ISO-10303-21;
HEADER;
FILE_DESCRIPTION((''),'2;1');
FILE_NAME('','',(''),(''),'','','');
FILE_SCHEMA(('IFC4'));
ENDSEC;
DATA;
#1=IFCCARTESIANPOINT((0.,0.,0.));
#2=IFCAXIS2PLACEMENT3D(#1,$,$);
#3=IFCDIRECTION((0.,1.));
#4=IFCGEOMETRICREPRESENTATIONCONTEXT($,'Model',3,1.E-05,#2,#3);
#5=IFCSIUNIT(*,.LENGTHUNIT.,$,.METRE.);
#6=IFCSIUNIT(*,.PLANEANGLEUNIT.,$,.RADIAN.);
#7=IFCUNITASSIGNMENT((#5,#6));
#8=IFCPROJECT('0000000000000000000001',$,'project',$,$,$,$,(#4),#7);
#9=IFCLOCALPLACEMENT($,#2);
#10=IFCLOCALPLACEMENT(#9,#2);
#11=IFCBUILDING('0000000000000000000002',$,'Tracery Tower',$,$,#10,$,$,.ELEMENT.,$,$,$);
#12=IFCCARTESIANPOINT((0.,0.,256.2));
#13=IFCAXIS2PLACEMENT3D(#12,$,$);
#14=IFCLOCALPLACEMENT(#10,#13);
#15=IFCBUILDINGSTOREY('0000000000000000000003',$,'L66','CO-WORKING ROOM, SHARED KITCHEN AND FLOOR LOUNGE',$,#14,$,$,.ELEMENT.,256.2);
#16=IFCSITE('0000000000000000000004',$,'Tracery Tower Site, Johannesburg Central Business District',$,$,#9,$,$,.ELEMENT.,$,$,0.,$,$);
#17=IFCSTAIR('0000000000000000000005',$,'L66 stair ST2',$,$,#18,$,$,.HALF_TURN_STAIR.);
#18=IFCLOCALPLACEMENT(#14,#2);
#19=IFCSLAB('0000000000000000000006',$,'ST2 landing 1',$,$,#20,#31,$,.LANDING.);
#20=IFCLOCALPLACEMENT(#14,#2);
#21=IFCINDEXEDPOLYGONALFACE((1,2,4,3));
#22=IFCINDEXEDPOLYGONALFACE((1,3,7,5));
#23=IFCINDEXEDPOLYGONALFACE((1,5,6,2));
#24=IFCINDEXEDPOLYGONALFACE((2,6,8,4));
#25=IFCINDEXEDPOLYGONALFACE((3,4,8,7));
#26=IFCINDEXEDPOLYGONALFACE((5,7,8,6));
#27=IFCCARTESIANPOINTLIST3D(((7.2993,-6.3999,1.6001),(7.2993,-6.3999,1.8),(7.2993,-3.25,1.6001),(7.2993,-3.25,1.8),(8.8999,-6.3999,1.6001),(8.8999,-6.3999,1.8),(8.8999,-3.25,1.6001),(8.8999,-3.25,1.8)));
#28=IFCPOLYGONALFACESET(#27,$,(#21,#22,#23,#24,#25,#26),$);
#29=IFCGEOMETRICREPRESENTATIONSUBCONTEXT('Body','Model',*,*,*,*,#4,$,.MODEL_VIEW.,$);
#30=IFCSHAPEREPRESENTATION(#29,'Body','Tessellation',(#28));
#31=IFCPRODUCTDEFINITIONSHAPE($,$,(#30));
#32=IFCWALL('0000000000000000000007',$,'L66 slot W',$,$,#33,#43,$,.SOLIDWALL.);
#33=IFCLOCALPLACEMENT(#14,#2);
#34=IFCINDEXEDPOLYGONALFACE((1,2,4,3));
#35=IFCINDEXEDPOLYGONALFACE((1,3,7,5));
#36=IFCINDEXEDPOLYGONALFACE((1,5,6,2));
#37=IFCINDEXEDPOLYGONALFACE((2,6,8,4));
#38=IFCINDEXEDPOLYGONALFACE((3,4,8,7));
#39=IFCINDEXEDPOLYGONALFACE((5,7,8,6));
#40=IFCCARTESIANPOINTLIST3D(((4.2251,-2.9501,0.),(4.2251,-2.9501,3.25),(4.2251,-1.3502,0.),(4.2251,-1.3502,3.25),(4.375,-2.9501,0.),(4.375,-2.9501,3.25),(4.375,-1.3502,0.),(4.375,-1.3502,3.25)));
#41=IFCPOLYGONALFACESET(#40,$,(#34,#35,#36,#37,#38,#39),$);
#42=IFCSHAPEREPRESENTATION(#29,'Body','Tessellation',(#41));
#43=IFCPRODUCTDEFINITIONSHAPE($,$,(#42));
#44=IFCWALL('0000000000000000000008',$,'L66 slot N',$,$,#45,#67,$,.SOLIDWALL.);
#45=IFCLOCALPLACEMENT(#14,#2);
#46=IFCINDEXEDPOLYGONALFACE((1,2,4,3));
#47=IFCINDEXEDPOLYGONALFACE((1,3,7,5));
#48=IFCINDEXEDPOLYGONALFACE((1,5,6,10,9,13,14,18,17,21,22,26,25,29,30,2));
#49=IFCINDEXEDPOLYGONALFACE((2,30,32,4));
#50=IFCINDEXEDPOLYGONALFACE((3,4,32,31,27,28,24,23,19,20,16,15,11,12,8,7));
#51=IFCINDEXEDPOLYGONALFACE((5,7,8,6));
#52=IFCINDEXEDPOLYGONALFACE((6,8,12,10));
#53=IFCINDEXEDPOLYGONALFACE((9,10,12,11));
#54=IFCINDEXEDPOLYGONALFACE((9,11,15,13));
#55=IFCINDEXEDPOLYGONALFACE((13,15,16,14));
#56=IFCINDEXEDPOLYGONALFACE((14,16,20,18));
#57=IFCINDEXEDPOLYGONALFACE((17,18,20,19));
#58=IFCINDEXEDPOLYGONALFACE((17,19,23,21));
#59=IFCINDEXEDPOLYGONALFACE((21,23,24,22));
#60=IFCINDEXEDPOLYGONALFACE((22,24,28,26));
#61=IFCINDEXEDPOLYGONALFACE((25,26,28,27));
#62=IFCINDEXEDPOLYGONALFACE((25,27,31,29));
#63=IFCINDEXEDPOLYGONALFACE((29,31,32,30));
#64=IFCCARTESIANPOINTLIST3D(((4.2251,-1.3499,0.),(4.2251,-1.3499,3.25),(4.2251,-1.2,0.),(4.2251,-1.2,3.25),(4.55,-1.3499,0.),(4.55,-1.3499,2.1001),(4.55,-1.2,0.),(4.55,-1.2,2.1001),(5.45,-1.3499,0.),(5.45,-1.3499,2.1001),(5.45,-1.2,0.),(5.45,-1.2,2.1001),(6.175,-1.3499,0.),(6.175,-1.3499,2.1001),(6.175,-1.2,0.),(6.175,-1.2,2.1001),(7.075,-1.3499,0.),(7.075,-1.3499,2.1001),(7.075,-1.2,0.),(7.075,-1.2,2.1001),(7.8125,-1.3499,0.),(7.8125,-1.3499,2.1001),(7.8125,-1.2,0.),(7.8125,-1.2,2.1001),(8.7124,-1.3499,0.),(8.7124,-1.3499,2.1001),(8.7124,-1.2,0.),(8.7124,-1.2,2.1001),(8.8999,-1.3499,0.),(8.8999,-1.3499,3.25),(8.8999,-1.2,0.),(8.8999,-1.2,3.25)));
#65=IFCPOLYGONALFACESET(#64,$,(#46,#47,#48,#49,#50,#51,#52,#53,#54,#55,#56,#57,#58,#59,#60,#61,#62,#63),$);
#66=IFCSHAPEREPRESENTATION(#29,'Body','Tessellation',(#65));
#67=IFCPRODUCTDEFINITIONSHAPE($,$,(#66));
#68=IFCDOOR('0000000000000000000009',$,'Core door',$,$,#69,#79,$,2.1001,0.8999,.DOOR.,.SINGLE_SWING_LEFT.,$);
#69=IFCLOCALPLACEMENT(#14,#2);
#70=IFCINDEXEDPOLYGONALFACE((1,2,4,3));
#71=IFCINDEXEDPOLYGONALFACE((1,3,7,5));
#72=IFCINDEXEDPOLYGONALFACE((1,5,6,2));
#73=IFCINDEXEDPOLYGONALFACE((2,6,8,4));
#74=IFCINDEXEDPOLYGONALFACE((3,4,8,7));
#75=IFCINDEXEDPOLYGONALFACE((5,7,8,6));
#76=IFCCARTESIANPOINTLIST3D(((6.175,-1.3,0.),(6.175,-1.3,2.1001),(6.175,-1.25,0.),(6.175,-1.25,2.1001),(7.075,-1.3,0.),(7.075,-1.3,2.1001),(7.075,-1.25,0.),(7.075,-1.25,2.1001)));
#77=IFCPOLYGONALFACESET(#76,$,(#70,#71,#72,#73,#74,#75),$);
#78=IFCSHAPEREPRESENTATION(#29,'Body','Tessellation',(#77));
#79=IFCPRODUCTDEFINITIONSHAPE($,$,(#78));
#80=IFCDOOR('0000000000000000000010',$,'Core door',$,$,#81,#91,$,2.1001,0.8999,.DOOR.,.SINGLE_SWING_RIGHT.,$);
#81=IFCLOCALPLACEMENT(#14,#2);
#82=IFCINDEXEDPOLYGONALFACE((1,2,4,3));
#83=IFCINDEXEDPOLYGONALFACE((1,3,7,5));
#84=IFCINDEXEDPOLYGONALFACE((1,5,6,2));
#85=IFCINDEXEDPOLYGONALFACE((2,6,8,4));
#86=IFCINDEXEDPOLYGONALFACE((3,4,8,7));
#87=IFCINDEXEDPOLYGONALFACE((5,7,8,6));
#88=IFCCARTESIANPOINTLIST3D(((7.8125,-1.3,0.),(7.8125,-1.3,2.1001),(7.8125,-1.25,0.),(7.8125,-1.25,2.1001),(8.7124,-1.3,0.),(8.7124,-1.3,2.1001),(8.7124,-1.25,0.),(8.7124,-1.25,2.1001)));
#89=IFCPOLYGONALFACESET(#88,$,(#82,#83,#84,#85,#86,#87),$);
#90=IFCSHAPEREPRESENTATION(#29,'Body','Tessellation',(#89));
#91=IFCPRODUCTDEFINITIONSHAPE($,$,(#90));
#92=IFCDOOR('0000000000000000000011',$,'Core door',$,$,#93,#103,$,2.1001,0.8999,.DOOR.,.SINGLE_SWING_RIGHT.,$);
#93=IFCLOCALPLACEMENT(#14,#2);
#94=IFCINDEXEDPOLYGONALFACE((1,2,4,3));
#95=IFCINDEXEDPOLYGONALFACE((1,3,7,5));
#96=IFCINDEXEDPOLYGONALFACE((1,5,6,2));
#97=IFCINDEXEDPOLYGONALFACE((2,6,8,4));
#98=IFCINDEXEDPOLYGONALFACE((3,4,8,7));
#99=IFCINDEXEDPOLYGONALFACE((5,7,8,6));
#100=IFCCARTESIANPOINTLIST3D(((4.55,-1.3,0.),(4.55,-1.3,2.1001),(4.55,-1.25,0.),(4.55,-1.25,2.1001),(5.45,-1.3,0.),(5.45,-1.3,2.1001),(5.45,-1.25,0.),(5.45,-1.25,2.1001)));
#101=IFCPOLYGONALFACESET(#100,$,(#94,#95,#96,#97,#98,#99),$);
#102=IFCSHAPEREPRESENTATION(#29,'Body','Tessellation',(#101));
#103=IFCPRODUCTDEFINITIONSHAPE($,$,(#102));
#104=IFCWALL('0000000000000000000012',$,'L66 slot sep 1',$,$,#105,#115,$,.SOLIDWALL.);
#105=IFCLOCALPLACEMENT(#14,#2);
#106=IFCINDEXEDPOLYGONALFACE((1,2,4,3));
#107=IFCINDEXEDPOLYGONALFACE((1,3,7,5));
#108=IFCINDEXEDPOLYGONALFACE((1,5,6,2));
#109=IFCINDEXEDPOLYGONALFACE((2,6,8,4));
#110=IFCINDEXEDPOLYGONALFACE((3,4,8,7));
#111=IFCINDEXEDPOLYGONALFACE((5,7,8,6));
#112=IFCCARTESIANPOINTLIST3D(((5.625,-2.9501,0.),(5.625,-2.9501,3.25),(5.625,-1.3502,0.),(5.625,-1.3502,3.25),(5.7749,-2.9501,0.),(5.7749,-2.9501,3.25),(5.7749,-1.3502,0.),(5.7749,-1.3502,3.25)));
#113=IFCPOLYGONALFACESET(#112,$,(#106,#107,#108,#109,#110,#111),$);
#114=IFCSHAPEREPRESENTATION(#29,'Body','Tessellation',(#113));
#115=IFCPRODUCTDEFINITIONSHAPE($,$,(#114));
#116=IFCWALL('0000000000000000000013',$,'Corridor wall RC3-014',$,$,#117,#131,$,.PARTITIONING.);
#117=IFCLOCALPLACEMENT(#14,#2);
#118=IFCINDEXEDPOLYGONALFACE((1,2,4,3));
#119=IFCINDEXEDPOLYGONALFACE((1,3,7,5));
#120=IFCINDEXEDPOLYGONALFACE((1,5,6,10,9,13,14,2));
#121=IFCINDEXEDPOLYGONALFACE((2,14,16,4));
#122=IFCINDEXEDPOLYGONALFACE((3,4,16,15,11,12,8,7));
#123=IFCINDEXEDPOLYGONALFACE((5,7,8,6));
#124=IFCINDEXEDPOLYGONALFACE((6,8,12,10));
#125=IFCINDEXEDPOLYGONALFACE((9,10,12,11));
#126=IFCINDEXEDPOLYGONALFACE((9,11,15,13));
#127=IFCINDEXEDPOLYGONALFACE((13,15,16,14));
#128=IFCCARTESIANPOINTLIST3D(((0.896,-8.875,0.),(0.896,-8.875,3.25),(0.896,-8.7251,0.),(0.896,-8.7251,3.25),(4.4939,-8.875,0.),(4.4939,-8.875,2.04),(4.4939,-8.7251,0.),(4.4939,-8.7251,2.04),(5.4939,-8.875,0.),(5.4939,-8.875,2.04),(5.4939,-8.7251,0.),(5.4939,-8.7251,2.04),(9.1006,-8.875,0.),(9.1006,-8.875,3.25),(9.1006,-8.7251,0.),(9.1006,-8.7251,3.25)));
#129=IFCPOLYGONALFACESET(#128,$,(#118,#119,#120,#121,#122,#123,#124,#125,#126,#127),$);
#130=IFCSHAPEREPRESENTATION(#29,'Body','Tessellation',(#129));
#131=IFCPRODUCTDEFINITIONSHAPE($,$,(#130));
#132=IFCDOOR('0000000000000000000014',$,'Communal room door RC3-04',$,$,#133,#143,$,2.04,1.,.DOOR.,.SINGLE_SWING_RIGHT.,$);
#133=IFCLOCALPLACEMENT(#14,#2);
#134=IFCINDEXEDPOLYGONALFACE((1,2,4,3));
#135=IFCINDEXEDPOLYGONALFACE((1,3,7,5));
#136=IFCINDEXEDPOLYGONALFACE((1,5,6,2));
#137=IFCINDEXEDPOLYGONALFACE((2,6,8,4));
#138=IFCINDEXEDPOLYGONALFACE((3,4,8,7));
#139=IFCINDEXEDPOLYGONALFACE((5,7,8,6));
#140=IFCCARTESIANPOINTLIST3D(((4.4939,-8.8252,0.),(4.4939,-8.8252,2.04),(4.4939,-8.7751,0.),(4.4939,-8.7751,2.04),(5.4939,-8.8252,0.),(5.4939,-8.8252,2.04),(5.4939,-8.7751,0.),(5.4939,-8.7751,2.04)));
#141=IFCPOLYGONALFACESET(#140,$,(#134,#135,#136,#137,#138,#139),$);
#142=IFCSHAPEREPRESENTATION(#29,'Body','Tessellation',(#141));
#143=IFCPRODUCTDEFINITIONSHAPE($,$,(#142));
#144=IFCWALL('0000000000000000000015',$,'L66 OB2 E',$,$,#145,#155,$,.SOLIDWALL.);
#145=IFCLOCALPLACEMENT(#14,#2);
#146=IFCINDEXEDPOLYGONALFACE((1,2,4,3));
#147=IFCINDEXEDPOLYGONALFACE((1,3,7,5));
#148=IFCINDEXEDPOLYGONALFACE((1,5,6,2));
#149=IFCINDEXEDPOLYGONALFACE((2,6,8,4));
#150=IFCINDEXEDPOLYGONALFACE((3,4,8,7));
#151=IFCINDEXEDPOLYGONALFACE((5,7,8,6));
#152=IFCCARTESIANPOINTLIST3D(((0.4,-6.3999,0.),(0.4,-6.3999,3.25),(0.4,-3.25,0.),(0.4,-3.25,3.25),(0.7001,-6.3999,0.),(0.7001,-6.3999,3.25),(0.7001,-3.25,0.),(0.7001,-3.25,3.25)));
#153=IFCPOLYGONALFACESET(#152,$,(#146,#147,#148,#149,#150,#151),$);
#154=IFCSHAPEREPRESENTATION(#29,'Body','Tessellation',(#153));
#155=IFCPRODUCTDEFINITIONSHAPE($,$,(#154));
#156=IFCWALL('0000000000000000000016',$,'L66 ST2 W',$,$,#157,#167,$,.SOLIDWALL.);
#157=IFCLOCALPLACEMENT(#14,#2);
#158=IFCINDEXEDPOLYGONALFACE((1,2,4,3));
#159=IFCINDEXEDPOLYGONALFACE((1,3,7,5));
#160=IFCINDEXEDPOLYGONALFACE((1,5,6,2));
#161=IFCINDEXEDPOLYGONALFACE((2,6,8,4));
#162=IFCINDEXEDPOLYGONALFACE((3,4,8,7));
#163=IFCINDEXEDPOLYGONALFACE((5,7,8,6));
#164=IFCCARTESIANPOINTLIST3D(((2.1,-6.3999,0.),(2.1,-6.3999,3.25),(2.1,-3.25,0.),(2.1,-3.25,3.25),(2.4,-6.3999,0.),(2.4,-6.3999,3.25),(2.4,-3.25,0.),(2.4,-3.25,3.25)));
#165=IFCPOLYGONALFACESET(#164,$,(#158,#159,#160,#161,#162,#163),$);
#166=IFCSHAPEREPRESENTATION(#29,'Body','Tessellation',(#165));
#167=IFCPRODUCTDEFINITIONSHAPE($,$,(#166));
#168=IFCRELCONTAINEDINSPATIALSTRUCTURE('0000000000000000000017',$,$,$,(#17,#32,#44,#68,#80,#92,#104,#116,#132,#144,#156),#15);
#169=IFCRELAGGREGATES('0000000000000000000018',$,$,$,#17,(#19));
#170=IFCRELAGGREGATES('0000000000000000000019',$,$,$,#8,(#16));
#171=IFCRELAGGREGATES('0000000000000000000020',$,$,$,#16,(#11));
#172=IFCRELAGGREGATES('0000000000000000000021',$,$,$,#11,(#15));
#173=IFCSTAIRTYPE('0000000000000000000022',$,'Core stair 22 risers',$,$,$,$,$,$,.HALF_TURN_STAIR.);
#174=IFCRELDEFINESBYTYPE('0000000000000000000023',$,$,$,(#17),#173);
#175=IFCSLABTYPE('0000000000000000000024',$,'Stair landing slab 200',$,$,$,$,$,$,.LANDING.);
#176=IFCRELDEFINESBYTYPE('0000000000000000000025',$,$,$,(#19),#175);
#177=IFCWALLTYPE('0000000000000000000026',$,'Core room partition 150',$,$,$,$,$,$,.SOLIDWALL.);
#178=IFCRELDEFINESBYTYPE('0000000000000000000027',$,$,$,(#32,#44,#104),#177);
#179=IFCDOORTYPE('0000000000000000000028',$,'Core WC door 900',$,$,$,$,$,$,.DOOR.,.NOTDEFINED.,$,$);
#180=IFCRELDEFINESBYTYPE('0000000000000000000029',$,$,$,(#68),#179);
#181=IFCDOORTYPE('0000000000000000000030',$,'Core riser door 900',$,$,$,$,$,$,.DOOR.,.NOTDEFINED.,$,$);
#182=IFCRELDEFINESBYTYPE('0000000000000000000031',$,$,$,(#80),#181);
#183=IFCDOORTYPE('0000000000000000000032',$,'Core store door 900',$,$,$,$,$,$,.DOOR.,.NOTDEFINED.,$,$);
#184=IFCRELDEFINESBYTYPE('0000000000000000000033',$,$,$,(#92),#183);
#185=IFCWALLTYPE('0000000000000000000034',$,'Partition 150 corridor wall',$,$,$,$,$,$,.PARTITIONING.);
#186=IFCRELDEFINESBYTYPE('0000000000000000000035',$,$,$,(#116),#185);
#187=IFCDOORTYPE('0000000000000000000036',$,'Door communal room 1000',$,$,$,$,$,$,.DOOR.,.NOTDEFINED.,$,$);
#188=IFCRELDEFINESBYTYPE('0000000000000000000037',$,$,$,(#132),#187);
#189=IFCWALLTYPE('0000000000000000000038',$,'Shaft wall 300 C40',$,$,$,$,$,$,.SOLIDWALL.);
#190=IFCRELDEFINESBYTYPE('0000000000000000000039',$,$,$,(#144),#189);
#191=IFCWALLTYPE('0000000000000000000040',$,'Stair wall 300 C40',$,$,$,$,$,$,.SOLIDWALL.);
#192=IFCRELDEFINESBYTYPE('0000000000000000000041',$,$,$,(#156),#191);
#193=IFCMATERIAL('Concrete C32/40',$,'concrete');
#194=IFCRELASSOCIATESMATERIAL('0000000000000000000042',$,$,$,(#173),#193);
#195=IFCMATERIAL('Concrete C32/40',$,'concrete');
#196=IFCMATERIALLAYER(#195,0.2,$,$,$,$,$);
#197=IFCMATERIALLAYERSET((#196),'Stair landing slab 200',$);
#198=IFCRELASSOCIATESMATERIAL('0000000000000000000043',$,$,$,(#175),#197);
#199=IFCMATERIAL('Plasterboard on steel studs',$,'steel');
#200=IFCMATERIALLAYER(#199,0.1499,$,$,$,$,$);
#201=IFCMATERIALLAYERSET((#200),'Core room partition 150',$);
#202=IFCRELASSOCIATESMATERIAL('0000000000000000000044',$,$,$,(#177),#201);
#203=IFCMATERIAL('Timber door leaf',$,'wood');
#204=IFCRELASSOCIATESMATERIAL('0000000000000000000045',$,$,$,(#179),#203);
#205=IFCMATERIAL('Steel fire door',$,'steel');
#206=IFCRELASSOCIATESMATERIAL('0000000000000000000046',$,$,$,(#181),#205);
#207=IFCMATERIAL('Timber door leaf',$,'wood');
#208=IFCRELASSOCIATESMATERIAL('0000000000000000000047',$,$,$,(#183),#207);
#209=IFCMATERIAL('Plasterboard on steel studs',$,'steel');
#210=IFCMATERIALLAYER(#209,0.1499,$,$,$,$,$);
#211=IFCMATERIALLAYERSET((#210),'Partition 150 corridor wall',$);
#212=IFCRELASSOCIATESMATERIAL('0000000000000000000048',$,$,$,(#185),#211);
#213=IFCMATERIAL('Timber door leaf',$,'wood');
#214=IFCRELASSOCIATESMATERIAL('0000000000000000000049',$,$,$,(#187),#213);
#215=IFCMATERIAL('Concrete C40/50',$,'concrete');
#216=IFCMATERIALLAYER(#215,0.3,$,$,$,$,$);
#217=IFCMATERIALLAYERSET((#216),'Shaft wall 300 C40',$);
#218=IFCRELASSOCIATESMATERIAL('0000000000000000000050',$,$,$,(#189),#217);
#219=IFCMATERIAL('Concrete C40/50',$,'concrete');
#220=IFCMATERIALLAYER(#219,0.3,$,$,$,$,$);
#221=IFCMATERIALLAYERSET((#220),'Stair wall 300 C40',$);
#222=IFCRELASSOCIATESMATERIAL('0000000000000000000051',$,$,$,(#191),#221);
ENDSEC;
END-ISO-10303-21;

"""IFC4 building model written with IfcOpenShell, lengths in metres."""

from ifc_helpers import new_model, si_unit, direction, frame, frame_2d, origin, place, context, subcontext, project, spatial, polyline, rectangle, outline, extrude, material, layer, layer_set, type_object, element, fill, aggregate, save


model = new_model("IFC4")

# Units and contexts
model_context = context("Model", 3, precision=1e-05, world=origin(), true_north=direction((0.0, 1.0)))
body_context = subcontext(model_context, "Body", "Model", "MODEL_VIEW")
ifc_project = project(units=[si_unit("LENGTHUNIT", "METRE"), si_unit("PLANEANGLEUNIT", "RADIAN")], contexts=[model_context])

# Site, building, storey
site_placement = place(None, origin())
site = spatial("IfcSite", under=ifc_project, at=site_placement, Name="Tracery Tower Site, Johannesburg Central Business District", CompositionType="ELEMENT", RefElevation=0.0)
building_placement = place(site_placement, origin())
building = spatial("IfcBuilding", under=site, at=building_placement, Name="Tracery Tower", CompositionType="ELEMENT")
storey_placement = place(building_placement, frame((0.0, 0.0, 256.2)))
storey = spatial("IfcBuildingStorey", under=building, at=storey_placement, Name="L66", Description="CO-WORKING ROOM, SHARED KITCHEN AND FLOOR LOUNGE", CompositionType="ELEMENT", Elevation=256.2)

# Stair, slab
ifc_material_1 = material(Name="Concrete C32/40", Category="concrete")
stair_type = type_object("IfcStairType", Name="Core stair 22 risers", PredefinedType="HALF_TURN_STAIR", material=ifc_material_1)
stair_placement = place(storey_placement, origin())
stair = element("IfcStair", 1, at=stair_placement, inside=storey, type_object=stair_type, Name="L66 stair ST2", PredefinedType="HALF_TURN_STAIR")
ifc_material_2 = material(Name="Concrete C32/40", Category="concrete")
ifc_layer_1 = layer(ifc_material_2, 0.2)
ifc_layer_set_1 = layer_set([ifc_layer_1], Name="Stair landing slab 200")
slab_type = type_object("IfcSlabType", Name="Stair landing slab 200", PredefinedType="LANDING", material=ifc_layer_set_1)
slab_placement = place(storey_placement, frame((0.0, 0.0, 1.6001)))
slab = element("IfcSlab", 2, at=slab_placement, type_object=slab_type, Name="ST2 landing 1", PredefinedType="LANDING", context=body_context, shape_type="SweptSolid", body=[
    extrude(outline(polyline([(7.2993, -6.3999), (8.8999, -6.3999), (8.8999, -3.25), (7.2993, -3.25), (7.2993, -6.3999)])), origin(), (0.0, 0.0, 1.0), 0.2),
])

# Wall
ifc_material_3 = material(Name="Plasterboard on steel studs", Category="steel")
ifc_layer_2 = layer(ifc_material_3, 0.1499)
ifc_layer_set_2 = layer_set([ifc_layer_2], Name="Core room partition 150")
wall_type_1 = type_object("IfcWallType", Name="Core room partition 150", PredefinedType="SOLIDWALL", material=ifc_layer_set_2)
wall_1_placement = place(storey_placement, frame((4.3, -2.95, 0.0), z_axis=(0.0, 0.0, 1.0), x_axis=(0.0, 1.0, 0.0)))
element("IfcWall", 3, at=wall_1_placement, inside=storey, type_object=wall_type_1, Name="L66 slot W", PredefinedType="SOLIDWALL", context=body_context, shape_type="SweptSolid", body=[
    extrude(rectangle(XDim=1.5999, YDim=0.1499, at=frame_2d((0.7998, 0.0))), origin(), (0.0, 0.0, 1.0), 3.25),
])

# Wall, openings, doors
wall_2_placement = place(storey_placement, frame((4.2251, -1.2749, 0.0), z_axis=(0.0, 0.0, 1.0), x_axis=(1.0, 0.0, 0.0)))
wall_2 = element("IfcWall", 4, at=wall_2_placement, inside=storey, type_object=wall_type_1, Name="L66 slot N", PredefinedType="SOLIDWALL", context=body_context, shape_type="SweptSolid", body=[
    extrude(rectangle(XDim=4.6748, YDim=0.1499, at=frame_2d((2.3374, 0.0))), origin(), (0.0, 0.0, 1.0), 3.25),
])
opening_1_placement = place(wall_2_placement, frame((0.325, 0.0, 0.0)))
opening_1 = element("IfcOpeningElement", 5, at=opening_1_placement, cuts=wall_2, PredefinedType="OPENING", context=body_context, shape_type="SweptSolid", body=[
    extrude(rectangle(XDim=0.8999, YDim=2.1001, at=frame_2d((0.45, 1.05))), frame((0.0, 0.075, 0.0), z_axis=(0.0, -1.0, 0.0), x_axis=(1.0, 0.0, 0.0)), (0.0, 0.0, 1.0), 0.1499),
])
opening_2_placement = place(wall_2_placement, frame((1.95, 0.0, 0.0)))
opening_2 = element("IfcOpeningElement", 6, at=opening_2_placement, cuts=wall_2, PredefinedType="OPENING", context=body_context, shape_type="SweptSolid", body=[
    extrude(rectangle(XDim=0.8999, YDim=2.1001, at=frame_2d((0.45, 1.05))), frame((0.0, 0.075, 0.0), z_axis=(0.0, -1.0, 0.0), x_axis=(1.0, 0.0, 0.0)), (0.0, 0.0, 1.0), 0.1499),
])
opening_3_placement = place(wall_2_placement, frame((3.5874, 0.0, 0.0)))
opening_3 = element("IfcOpeningElement", 7, at=opening_3_placement, cuts=wall_2, PredefinedType="OPENING", context=body_context, shape_type="SweptSolid", body=[
    extrude(rectangle(XDim=0.8999, YDim=2.1001, at=frame_2d((0.45, 1.05))), frame((0.0, 0.075, 0.0), z_axis=(0.0, -1.0, 0.0), x_axis=(1.0, 0.0, 0.0)), (0.0, 0.0, 1.0), 0.1499),
])
ifc_material_4 = material(Name="Timber door leaf", Category="wood")
door_type_1 = type_object("IfcDoorType", Name="Core WC door 900", OperationType="NOTDEFINED", PredefinedType="DOOR", material=ifc_material_4)
door_1_placement = place(opening_2_placement, origin())
door_1 = element("IfcDoor", 8, at=door_1_placement, inside=storey, type_object=door_type_1, Name="Core door", OperationType="SINGLE_SWING_LEFT", OverallHeight=2.1001, OverallWidth=0.8999, PredefinedType="DOOR", context=body_context, shape_type="SweptSolid", body=[
    extrude(rectangle(XDim=0.8999, YDim=2.1001, at=frame_2d((0.45, 1.05))), frame((0.0, 0.0249, 0.0), z_axis=(0.0, -1.0, 0.0), x_axis=(1.0, 0.0, 0.0)), (0.0, 0.0, 1.0), 0.05),
])
fill(opening_2, door_1)
ifc_material_5 = material(Name="Steel fire door", Category="steel")
door_type_2 = type_object("IfcDoorType", Name="Core riser door 900", OperationType="NOTDEFINED", PredefinedType="DOOR", material=ifc_material_5)
door_2_placement = place(opening_3_placement, origin())
door_2 = element("IfcDoor", 9, at=door_2_placement, inside=storey, type_object=door_type_2, Name="Core door", OperationType="SINGLE_SWING_RIGHT", OverallHeight=2.1001, OverallWidth=0.8999, PredefinedType="DOOR", context=body_context, shape_type="SweptSolid", body=[
    extrude(rectangle(XDim=0.8999, YDim=2.1001, at=frame_2d((0.45, 1.05))), frame((0.0, 0.0249, 0.0), z_axis=(0.0, -1.0, 0.0), x_axis=(1.0, 0.0, 0.0)), (0.0, 0.0, 1.0), 0.05),
])
fill(opening_3, door_2)
ifc_material_6 = material(Name="Timber door leaf", Category="wood")
door_type_3 = type_object("IfcDoorType", Name="Core store door 900", OperationType="NOTDEFINED", PredefinedType="DOOR", material=ifc_material_6)
door_3_placement = place(opening_1_placement, origin())
door_3 = element("IfcDoor", 10, at=door_3_placement, inside=storey, type_object=door_type_3, Name="Core door", OperationType="SINGLE_SWING_RIGHT", OverallHeight=2.1001, OverallWidth=0.8999, PredefinedType="DOOR", context=body_context, shape_type="SweptSolid", body=[
    extrude(rectangle(XDim=0.8999, YDim=2.1001, at=frame_2d((0.45, 1.05))), frame((0.0, 0.0249, 0.0), z_axis=(0.0, -1.0, 0.0), x_axis=(1.0, 0.0, 0.0)), (0.0, 0.0, 1.0), 0.05),
])
fill(opening_1, door_3)

# Wall
wall_3_placement = place(storey_placement, frame((5.7, -2.95, 0.0), z_axis=(0.0, 0.0, 1.0), x_axis=(0.0, 1.0, 0.0)))
element("IfcWall", 11, at=wall_3_placement, inside=storey, type_object=wall_type_1, Name="L66 slot sep 1", PredefinedType="SOLIDWALL", context=body_context, shape_type="SweptSolid", body=[
    extrude(rectangle(XDim=1.5999, YDim=0.1499, at=frame_2d((0.7998, 0.0))), origin(), (0.0, 0.0, 1.0), 3.25),
])

# Wall, opening, door
ifc_material_7 = material(Name="Plasterboard on steel studs", Category="steel")
ifc_layer_3 = layer(ifc_material_7, 0.1499)
ifc_layer_set_3 = layer_set([ifc_layer_3], Name="Partition 150 corridor wall")
wall_type_2 = type_object("IfcWallType", Name="Partition 150 corridor wall", PredefinedType="PARTITIONING", material=ifc_layer_set_3)
wall_4_placement = place(storey_placement, frame((0.896, -8.8, 0.0), z_axis=(0.0, 0.0, 1.0), x_axis=(1.0, 0.0, 0.0)))
wall_4 = element("IfcWall", 12, at=wall_4_placement, inside=storey, type_object=wall_type_2, Name="Corridor wall RC3-014", PredefinedType="PARTITIONING", context=body_context, shape_type="SweptSolid", body=[
    extrude(rectangle(XDim=8.2046, YDim=0.1499, at=frame_2d((4.1023, 0.0))), origin(), (0.0, 0.0, 1.0), 3.25),
])
opening_4_placement = place(wall_4_placement, frame((3.5979, 0.0, 0.0)))
opening_4 = element("IfcOpeningElement", 13, at=opening_4_placement, cuts=wall_4, PredefinedType="OPENING", context=body_context, shape_type="SweptSolid", body=[
    extrude(rectangle(XDim=1.0, YDim=2.04, at=frame_2d((0.5, 1.02))), frame((0.0, 0.075, 0.0), z_axis=(0.0, -1.0, 0.0), x_axis=(1.0, 0.0, 0.0)), (0.0, 0.0, 1.0), 0.1499),
])
ifc_material_8 = material(Name="Timber door leaf", Category="wood")
door_type_4 = type_object("IfcDoorType", Name="Door communal room 1000", OperationType="NOTDEFINED", PredefinedType="DOOR", material=ifc_material_8)
door_4_placement = place(opening_4_placement, origin())
door_4 = element("IfcDoor", 14, at=door_4_placement, inside=storey, type_object=door_type_4, Name="Communal room door RC3-04", OperationType="SINGLE_SWING_RIGHT", OverallHeight=2.04, OverallWidth=1.0, PredefinedType="DOOR", context=body_context, shape_type="SweptSolid", body=[
    extrude(rectangle(XDim=1.0, YDim=2.04, at=frame_2d((0.5, 1.02))), frame((0.0, 0.0249, 0.0), z_axis=(0.0, -1.0, 0.0), x_axis=(1.0, 0.0, 0.0)), (0.0, 0.0, 1.0), 0.05),
])
fill(opening_4, door_4)

# Wall
ifc_material_9 = material(Name="Concrete C40/50", Category="concrete")
ifc_layer_4 = layer(ifc_material_9, 0.3)
ifc_layer_set_4 = layer_set([ifc_layer_4], Name="Shaft wall 300 C40")
wall_type_3 = type_object("IfcWallType", Name="Shaft wall 300 C40", PredefinedType="SOLIDWALL", material=ifc_layer_set_4)
wall_5_placement = place(storey_placement, frame((0.55, -6.3999, 0.0), z_axis=(0.0, 0.0, 1.0), x_axis=(0.0, 1.0, 0.0)))
element("IfcWall", 15, at=wall_5_placement, inside=storey, type_object=wall_type_3, Name="L66 OB2 E", PredefinedType="SOLIDWALL", context=body_context, shape_type="SweptSolid", body=[
    extrude(rectangle(XDim=3.1499, YDim=0.3, at=frame_2d((1.575, 0.0))), origin(), (0.0, 0.0, 1.0), 3.25),
])

# Shared definitions
ifc_material_10 = material(Name="Concrete C40/50", Category="concrete")
ifc_layer_5 = layer(ifc_material_10, 0.3)
ifc_layer_set_5 = layer_set([ifc_layer_5], Name="Stair wall 300 C40")
wall_type_4 = type_object("IfcWallType", Name="Stair wall 300 C40", PredefinedType="SOLIDWALL", material=ifc_layer_set_5)

# Wall
wall_6_placement = place(storey_placement, frame((2.25, -6.3999, 0.0), z_axis=(0.0, 0.0, 1.0), x_axis=(0.0, 1.0, 0.0)))
element("IfcWall", 16, at=wall_6_placement, inside=storey, type_object=wall_type_4, Name="L66 ST2 W", PredefinedType="SOLIDWALL", context=body_context, shape_type="SweptSolid", body=[
    extrude(rectangle(XDim=3.1499, YDim=0.3, at=frame_2d((1.575, 0.0))), origin(), (0.0, 0.0, 1.0), 3.25),
])

aggregate(stair, [slab])

save(model, "model.ifc")
